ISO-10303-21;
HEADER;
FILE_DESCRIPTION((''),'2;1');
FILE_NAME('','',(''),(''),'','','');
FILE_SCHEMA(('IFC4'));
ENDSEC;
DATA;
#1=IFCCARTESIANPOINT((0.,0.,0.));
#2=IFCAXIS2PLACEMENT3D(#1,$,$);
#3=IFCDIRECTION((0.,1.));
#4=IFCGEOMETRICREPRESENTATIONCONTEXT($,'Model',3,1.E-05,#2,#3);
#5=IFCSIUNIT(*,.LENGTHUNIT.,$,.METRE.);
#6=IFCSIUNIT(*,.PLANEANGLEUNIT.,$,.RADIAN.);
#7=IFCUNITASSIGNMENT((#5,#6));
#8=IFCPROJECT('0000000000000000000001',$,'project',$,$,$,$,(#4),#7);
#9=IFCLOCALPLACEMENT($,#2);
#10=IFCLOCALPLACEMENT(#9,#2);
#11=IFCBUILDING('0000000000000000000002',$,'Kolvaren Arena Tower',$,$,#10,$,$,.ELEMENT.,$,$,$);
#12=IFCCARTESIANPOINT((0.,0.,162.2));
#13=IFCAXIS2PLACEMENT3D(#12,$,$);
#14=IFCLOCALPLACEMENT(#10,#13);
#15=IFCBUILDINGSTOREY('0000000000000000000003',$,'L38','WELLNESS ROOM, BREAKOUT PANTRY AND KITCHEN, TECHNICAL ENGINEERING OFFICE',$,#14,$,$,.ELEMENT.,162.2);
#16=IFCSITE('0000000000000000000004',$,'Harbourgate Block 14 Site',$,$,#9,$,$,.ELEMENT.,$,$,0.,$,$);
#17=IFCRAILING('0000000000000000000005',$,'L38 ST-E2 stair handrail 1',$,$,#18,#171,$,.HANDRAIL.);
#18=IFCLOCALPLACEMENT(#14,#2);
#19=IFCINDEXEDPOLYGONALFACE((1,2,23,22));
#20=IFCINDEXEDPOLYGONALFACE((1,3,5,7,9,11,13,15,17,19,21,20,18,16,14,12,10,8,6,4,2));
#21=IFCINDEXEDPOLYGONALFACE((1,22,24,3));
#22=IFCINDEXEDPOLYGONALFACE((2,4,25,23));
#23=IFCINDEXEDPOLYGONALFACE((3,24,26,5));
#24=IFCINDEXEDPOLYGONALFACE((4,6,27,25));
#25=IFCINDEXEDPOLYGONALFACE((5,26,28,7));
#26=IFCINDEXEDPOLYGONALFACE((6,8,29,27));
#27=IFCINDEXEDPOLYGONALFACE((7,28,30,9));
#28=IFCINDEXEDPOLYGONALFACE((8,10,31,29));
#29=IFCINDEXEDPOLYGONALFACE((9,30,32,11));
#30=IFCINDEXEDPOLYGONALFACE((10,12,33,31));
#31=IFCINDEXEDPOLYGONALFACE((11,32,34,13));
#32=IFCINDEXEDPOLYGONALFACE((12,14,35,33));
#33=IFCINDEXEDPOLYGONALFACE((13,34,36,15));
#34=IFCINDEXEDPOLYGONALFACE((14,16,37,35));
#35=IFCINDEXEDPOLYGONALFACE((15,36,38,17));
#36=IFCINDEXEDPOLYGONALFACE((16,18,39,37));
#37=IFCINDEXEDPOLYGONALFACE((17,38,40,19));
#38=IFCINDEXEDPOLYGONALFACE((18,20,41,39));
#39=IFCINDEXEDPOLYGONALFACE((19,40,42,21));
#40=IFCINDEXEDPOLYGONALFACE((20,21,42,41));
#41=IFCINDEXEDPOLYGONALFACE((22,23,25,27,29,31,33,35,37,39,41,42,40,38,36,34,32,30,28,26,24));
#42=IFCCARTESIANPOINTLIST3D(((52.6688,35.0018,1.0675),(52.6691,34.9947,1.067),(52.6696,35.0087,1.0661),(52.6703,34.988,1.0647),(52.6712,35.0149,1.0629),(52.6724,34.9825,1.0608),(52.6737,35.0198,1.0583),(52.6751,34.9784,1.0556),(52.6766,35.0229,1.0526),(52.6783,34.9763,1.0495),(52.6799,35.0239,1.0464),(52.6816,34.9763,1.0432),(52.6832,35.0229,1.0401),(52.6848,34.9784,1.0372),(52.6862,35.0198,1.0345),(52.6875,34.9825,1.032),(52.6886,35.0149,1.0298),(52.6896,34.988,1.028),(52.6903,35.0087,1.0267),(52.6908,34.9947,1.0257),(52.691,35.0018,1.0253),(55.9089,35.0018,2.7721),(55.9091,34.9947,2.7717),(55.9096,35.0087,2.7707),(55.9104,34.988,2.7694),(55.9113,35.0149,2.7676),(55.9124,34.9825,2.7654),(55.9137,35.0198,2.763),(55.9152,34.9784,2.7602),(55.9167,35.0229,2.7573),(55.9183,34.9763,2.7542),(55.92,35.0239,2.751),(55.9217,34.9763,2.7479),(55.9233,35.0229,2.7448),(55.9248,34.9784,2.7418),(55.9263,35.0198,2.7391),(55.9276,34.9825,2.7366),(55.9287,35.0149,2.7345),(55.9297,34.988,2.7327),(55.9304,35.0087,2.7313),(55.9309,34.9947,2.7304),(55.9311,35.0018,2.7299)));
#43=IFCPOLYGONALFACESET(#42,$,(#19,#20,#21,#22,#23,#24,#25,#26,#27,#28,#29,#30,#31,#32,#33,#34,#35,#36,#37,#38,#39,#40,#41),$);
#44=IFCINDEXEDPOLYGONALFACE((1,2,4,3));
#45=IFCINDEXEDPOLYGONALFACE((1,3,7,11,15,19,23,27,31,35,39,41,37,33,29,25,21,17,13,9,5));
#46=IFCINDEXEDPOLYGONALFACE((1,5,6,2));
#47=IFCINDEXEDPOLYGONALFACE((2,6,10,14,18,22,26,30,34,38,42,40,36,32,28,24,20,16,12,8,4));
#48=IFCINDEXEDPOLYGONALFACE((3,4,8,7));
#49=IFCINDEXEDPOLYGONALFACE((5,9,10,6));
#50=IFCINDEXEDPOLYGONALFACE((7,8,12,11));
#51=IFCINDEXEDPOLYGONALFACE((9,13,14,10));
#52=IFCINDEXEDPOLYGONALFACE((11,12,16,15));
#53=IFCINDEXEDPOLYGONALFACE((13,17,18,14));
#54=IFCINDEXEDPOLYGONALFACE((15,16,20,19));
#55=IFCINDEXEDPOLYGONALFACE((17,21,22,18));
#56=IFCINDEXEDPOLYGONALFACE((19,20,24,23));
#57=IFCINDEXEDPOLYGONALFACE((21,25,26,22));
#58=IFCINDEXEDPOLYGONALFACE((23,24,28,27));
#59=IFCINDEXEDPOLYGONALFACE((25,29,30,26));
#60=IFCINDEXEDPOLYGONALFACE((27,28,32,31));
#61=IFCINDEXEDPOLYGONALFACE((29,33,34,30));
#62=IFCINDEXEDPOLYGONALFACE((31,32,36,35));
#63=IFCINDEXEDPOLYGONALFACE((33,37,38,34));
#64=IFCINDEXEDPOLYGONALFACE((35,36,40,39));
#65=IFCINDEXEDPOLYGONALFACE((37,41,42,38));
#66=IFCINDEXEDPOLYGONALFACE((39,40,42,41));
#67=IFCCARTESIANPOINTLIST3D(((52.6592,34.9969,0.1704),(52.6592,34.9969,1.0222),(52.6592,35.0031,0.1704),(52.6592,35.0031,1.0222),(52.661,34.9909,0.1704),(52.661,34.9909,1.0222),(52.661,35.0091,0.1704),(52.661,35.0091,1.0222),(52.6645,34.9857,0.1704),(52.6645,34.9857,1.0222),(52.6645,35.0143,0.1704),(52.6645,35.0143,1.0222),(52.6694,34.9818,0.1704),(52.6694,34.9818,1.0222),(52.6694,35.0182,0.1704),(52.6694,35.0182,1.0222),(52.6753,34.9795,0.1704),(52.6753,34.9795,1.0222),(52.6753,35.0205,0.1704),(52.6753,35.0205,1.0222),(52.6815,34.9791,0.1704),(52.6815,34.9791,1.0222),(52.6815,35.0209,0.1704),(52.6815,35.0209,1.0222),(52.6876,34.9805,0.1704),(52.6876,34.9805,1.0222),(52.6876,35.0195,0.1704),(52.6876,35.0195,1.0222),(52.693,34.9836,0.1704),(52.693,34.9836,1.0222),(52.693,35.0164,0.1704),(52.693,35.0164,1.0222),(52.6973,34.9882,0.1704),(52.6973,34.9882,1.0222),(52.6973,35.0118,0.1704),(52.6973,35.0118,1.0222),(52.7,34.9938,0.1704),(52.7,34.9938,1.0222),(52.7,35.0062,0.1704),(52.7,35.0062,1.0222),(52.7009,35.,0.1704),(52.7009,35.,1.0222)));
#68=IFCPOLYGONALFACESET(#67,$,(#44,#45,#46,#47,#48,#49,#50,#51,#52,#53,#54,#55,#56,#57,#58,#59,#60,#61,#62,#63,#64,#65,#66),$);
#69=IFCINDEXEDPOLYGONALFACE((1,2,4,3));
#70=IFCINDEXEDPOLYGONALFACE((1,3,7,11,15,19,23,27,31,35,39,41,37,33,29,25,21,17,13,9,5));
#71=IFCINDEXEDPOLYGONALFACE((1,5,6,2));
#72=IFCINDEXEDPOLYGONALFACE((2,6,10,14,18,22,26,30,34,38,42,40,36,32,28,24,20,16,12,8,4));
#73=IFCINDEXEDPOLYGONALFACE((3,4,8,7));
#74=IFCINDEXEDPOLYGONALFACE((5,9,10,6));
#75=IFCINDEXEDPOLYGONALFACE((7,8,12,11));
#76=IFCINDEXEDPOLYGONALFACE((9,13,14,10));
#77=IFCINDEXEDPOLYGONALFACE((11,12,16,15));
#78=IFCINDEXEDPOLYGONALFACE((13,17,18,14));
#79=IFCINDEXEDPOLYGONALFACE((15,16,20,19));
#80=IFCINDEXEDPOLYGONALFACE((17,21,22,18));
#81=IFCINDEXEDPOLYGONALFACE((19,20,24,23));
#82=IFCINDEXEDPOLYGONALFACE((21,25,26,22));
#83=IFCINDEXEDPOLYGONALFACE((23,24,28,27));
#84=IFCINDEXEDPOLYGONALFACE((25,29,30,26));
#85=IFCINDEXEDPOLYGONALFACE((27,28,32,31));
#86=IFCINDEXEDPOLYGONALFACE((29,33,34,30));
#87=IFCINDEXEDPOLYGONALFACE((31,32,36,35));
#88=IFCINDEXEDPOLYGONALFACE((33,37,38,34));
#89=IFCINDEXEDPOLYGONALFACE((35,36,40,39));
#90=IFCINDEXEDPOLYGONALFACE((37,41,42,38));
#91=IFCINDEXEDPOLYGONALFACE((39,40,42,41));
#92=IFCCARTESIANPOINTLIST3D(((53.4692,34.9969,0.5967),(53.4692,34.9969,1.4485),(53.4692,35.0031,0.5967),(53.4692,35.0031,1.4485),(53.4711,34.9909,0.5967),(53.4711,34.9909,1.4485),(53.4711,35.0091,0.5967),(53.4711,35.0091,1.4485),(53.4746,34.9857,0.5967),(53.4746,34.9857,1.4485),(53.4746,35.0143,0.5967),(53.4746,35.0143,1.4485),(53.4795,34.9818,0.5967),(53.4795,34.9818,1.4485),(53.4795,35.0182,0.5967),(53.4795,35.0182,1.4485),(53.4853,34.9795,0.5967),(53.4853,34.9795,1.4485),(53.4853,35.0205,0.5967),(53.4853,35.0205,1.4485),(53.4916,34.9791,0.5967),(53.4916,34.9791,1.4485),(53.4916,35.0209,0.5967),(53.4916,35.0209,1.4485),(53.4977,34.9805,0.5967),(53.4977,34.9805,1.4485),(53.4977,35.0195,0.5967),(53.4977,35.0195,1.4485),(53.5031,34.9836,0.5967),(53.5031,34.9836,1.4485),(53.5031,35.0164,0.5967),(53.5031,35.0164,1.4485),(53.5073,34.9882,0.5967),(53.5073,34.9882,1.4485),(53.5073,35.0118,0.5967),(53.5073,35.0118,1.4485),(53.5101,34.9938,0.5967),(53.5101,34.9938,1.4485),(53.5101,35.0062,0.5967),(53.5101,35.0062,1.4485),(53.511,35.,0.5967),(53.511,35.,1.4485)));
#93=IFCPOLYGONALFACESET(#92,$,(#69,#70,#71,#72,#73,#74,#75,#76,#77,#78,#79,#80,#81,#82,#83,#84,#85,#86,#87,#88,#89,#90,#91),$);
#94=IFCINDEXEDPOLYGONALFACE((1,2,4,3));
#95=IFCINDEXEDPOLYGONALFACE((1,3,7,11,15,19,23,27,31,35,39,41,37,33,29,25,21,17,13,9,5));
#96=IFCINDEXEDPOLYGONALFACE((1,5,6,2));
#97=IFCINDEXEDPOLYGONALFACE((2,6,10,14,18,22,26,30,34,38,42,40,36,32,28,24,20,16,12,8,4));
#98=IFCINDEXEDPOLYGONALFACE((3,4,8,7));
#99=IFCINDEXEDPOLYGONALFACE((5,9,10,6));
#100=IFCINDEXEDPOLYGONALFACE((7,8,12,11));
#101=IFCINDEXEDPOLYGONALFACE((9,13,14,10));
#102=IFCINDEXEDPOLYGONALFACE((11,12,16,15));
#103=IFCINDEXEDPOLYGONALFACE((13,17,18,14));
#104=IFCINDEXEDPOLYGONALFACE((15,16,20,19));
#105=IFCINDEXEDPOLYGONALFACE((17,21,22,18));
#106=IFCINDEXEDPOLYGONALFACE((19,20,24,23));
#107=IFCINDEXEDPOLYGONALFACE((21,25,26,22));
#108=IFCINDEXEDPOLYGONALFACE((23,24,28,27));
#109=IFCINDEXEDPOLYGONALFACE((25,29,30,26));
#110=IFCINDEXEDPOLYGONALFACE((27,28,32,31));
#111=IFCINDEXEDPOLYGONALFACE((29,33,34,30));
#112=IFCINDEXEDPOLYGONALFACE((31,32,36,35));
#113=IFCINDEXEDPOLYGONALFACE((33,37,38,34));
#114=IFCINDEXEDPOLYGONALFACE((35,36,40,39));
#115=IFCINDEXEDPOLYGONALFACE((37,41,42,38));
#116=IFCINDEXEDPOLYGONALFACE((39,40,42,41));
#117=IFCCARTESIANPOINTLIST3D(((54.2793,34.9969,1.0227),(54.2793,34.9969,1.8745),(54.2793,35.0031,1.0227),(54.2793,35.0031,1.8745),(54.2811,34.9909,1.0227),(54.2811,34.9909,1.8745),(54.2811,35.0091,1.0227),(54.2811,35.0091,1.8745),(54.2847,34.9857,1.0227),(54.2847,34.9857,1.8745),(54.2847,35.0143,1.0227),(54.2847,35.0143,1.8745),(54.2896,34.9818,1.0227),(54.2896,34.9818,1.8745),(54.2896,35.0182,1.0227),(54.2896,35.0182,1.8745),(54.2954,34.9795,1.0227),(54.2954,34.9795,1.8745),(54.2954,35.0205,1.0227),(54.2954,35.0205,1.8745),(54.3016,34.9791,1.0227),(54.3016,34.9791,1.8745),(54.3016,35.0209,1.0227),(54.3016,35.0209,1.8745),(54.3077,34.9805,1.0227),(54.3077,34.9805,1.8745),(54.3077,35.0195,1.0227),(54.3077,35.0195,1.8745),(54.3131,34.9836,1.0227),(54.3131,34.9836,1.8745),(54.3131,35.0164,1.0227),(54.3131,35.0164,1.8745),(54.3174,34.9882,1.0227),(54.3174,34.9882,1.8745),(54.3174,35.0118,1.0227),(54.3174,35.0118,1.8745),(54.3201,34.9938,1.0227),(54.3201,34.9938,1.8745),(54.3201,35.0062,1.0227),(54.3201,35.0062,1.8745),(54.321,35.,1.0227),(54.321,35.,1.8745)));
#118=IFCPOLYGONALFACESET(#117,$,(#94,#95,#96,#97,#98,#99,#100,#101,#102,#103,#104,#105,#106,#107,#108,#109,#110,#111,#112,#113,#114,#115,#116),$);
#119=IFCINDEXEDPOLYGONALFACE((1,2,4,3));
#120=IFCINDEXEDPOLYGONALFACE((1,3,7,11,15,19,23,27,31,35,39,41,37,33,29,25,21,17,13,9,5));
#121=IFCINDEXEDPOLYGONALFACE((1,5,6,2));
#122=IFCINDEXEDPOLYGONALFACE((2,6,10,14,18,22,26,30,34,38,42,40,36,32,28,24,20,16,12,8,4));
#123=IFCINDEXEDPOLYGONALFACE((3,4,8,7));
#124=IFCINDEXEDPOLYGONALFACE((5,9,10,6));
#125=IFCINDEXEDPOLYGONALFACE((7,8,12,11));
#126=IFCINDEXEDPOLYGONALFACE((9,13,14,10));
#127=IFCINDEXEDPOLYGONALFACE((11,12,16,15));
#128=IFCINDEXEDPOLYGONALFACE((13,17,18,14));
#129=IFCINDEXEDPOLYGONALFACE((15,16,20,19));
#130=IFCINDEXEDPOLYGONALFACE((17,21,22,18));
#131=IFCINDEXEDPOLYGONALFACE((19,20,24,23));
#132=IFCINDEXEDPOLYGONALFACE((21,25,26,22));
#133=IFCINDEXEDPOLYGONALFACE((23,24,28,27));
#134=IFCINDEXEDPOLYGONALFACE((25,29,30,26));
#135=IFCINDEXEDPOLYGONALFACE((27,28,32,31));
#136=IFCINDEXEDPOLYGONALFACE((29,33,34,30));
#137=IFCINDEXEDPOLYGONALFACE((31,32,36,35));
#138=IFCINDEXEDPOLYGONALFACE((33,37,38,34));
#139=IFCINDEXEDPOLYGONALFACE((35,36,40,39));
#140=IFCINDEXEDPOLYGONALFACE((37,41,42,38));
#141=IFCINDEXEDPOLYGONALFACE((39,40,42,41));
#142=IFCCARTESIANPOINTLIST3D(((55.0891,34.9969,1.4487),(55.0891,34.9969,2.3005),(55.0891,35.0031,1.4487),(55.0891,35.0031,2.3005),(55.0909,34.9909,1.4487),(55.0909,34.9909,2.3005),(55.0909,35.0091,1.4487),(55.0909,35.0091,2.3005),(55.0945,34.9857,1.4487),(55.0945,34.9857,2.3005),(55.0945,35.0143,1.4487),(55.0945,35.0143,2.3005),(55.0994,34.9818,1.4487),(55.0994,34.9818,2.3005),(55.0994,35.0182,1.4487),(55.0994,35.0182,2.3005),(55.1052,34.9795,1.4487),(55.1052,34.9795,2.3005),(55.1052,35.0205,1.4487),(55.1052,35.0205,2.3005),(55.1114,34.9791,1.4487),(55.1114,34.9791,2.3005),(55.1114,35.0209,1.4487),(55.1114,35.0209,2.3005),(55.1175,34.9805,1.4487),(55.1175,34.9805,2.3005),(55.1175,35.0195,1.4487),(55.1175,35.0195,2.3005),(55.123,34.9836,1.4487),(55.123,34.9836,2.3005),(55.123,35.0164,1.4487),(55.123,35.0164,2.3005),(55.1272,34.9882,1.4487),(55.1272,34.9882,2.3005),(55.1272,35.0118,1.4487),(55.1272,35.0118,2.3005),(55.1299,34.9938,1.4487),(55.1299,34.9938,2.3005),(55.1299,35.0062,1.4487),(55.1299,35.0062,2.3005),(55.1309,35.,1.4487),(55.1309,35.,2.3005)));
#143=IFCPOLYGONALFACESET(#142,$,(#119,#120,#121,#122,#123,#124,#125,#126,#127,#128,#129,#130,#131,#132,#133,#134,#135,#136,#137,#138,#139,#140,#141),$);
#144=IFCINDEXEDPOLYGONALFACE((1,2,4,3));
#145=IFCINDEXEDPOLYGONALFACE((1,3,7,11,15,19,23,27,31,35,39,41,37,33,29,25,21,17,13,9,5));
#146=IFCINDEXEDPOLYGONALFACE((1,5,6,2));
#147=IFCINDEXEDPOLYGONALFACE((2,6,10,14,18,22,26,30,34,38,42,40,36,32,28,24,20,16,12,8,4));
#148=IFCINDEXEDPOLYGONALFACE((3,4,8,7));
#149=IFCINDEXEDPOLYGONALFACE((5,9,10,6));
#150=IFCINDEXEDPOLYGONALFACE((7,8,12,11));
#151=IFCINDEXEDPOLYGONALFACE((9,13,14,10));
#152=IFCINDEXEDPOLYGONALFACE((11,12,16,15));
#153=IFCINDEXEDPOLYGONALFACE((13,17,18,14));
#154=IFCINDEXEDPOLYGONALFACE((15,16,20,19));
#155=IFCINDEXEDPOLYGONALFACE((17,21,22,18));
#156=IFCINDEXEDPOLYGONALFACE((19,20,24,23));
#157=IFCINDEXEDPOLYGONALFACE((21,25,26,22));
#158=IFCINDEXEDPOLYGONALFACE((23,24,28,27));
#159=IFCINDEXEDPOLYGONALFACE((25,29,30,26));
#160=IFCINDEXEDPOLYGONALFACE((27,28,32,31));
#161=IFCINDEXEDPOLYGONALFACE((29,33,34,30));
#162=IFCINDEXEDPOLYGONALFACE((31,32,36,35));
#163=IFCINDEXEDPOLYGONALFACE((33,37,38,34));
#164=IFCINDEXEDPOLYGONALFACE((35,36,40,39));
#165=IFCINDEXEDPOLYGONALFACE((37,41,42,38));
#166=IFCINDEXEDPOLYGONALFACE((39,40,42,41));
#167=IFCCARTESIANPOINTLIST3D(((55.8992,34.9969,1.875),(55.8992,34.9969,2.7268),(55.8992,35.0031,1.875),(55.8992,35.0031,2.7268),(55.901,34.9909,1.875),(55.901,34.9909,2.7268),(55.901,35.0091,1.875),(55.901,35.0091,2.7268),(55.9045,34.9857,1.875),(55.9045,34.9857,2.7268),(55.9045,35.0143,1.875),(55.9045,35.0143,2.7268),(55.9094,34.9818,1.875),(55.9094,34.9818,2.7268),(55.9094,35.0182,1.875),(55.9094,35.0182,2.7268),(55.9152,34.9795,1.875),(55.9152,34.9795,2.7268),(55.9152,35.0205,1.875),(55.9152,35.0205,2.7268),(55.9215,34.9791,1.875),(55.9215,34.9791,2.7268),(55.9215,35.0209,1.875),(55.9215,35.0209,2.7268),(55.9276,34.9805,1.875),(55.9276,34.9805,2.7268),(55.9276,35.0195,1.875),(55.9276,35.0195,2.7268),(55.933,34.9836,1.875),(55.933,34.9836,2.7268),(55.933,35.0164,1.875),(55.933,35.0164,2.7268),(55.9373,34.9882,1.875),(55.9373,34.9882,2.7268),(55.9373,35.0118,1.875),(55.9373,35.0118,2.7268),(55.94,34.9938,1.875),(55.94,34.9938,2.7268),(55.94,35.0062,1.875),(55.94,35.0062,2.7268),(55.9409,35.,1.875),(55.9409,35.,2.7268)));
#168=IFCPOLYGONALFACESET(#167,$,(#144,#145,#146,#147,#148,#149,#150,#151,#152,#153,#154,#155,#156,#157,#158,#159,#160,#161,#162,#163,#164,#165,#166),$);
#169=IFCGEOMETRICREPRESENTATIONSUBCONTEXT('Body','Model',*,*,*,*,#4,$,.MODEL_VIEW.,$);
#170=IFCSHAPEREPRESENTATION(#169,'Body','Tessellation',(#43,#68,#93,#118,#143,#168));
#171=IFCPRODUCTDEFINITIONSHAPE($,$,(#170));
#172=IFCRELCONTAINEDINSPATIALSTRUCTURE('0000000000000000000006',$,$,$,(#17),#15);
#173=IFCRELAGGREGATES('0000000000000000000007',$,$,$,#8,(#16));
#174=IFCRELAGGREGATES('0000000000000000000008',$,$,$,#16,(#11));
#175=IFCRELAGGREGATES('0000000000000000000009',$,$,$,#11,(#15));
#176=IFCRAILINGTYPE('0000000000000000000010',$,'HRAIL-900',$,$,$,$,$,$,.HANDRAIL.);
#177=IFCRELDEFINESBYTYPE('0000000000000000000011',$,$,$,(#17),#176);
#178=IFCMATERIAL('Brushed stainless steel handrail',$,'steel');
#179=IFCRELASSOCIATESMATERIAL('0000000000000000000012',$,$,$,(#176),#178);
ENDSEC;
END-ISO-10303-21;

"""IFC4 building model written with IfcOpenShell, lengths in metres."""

from ifc_helpers import new_model, si_unit, direction, frame, origin, origin_2d, place, context, subcontext, project, spatial, circle, extrude, material, type_object, element, save


model = new_model("IFC4")

# Units and contexts
model_context = context("Model", 3, precision=1e-05, world=origin(), true_north=direction((0.0, 1.0)))
body_context = subcontext(model_context, "Body", "Model", "MODEL_VIEW")
ifc_project = project(units=[si_unit("LENGTHUNIT", "METRE"), si_unit("PLANEANGLEUNIT", "RADIAN")], contexts=[model_context])

# Site, building, storey
site_placement = place(None, origin())
site = spatial("IfcSite", under=ifc_project, at=site_placement, Name="Harbourgate Block 14 Site", CompositionType="ELEMENT", RefElevation=0.0)
building_placement = place(site_placement, origin())
building = spatial("IfcBuilding", under=site, at=building_placement, Name="Kolvaren Arena Tower", CompositionType="ELEMENT")
storey_placement = place(building_placement, frame((0.0, 0.0, 162.2)))
storey = spatial("IfcBuildingStorey", under=building, at=storey_placement, Name="L38", Description="WELLNESS ROOM, BREAKOUT PANTRY AND KITCHEN, TECHNICAL ENGINEERING OFFICE", CompositionType="ELEMENT", Elevation=162.2)

# Railing
ifc_material_1 = material(Name="Brushed stainless steel handrail", Category="steel")
railing_type_1 = type_object("IfcRailingType", Name="HRAIL-900", PredefinedType="HANDRAIL", material=ifc_material_1)
railing_1_placement = place(storey_placement, frame((52.6799, 35.0, 0.1704)))
element("IfcRailing", 1, at=railing_1_placement, inside=storey, type_object=railing_type_1, Name="L38 ST-E2 stair handrail 1", PredefinedType="HANDRAIL", context=body_context, shape_type="SweptSolid", body=[
    extrude(circle(Radius=0.0239, at=origin_2d()), frame((0.0, 0.0, 0.876), z_axis=(0.884993, 0.0, 0.465604), x_axis=(0.0, 1.0, 0.0)), (0.0, 0.0, 1.0), 3.6611),
    extrude(circle(Radius=0.021, at=origin_2d()), origin(), (0.0, 0.0, 1.0), 0.8518),
    extrude(circle(Radius=0.021, at=origin_2d()), frame((0.8101, 0.0, 0.4263)), (0.0, 0.0, 1.0), 0.8518),
    extrude(circle(Radius=0.021, at=origin_2d()), frame((1.6201, 0.0, 0.8523)), (0.0, 0.0, 1.0), 0.8518),
    extrude(circle(Radius=0.021, at=origin_2d()), frame((2.4299, 0.0, 1.2783)), (0.0, 0.0, 1.0), 0.8518),
    extrude(circle(Radius=0.021, at=origin_2d()), frame((3.24, 0.0, 1.7046)), (0.0, 0.0, 1.0), 0.8518),
])

save(model, "model.ifc")
